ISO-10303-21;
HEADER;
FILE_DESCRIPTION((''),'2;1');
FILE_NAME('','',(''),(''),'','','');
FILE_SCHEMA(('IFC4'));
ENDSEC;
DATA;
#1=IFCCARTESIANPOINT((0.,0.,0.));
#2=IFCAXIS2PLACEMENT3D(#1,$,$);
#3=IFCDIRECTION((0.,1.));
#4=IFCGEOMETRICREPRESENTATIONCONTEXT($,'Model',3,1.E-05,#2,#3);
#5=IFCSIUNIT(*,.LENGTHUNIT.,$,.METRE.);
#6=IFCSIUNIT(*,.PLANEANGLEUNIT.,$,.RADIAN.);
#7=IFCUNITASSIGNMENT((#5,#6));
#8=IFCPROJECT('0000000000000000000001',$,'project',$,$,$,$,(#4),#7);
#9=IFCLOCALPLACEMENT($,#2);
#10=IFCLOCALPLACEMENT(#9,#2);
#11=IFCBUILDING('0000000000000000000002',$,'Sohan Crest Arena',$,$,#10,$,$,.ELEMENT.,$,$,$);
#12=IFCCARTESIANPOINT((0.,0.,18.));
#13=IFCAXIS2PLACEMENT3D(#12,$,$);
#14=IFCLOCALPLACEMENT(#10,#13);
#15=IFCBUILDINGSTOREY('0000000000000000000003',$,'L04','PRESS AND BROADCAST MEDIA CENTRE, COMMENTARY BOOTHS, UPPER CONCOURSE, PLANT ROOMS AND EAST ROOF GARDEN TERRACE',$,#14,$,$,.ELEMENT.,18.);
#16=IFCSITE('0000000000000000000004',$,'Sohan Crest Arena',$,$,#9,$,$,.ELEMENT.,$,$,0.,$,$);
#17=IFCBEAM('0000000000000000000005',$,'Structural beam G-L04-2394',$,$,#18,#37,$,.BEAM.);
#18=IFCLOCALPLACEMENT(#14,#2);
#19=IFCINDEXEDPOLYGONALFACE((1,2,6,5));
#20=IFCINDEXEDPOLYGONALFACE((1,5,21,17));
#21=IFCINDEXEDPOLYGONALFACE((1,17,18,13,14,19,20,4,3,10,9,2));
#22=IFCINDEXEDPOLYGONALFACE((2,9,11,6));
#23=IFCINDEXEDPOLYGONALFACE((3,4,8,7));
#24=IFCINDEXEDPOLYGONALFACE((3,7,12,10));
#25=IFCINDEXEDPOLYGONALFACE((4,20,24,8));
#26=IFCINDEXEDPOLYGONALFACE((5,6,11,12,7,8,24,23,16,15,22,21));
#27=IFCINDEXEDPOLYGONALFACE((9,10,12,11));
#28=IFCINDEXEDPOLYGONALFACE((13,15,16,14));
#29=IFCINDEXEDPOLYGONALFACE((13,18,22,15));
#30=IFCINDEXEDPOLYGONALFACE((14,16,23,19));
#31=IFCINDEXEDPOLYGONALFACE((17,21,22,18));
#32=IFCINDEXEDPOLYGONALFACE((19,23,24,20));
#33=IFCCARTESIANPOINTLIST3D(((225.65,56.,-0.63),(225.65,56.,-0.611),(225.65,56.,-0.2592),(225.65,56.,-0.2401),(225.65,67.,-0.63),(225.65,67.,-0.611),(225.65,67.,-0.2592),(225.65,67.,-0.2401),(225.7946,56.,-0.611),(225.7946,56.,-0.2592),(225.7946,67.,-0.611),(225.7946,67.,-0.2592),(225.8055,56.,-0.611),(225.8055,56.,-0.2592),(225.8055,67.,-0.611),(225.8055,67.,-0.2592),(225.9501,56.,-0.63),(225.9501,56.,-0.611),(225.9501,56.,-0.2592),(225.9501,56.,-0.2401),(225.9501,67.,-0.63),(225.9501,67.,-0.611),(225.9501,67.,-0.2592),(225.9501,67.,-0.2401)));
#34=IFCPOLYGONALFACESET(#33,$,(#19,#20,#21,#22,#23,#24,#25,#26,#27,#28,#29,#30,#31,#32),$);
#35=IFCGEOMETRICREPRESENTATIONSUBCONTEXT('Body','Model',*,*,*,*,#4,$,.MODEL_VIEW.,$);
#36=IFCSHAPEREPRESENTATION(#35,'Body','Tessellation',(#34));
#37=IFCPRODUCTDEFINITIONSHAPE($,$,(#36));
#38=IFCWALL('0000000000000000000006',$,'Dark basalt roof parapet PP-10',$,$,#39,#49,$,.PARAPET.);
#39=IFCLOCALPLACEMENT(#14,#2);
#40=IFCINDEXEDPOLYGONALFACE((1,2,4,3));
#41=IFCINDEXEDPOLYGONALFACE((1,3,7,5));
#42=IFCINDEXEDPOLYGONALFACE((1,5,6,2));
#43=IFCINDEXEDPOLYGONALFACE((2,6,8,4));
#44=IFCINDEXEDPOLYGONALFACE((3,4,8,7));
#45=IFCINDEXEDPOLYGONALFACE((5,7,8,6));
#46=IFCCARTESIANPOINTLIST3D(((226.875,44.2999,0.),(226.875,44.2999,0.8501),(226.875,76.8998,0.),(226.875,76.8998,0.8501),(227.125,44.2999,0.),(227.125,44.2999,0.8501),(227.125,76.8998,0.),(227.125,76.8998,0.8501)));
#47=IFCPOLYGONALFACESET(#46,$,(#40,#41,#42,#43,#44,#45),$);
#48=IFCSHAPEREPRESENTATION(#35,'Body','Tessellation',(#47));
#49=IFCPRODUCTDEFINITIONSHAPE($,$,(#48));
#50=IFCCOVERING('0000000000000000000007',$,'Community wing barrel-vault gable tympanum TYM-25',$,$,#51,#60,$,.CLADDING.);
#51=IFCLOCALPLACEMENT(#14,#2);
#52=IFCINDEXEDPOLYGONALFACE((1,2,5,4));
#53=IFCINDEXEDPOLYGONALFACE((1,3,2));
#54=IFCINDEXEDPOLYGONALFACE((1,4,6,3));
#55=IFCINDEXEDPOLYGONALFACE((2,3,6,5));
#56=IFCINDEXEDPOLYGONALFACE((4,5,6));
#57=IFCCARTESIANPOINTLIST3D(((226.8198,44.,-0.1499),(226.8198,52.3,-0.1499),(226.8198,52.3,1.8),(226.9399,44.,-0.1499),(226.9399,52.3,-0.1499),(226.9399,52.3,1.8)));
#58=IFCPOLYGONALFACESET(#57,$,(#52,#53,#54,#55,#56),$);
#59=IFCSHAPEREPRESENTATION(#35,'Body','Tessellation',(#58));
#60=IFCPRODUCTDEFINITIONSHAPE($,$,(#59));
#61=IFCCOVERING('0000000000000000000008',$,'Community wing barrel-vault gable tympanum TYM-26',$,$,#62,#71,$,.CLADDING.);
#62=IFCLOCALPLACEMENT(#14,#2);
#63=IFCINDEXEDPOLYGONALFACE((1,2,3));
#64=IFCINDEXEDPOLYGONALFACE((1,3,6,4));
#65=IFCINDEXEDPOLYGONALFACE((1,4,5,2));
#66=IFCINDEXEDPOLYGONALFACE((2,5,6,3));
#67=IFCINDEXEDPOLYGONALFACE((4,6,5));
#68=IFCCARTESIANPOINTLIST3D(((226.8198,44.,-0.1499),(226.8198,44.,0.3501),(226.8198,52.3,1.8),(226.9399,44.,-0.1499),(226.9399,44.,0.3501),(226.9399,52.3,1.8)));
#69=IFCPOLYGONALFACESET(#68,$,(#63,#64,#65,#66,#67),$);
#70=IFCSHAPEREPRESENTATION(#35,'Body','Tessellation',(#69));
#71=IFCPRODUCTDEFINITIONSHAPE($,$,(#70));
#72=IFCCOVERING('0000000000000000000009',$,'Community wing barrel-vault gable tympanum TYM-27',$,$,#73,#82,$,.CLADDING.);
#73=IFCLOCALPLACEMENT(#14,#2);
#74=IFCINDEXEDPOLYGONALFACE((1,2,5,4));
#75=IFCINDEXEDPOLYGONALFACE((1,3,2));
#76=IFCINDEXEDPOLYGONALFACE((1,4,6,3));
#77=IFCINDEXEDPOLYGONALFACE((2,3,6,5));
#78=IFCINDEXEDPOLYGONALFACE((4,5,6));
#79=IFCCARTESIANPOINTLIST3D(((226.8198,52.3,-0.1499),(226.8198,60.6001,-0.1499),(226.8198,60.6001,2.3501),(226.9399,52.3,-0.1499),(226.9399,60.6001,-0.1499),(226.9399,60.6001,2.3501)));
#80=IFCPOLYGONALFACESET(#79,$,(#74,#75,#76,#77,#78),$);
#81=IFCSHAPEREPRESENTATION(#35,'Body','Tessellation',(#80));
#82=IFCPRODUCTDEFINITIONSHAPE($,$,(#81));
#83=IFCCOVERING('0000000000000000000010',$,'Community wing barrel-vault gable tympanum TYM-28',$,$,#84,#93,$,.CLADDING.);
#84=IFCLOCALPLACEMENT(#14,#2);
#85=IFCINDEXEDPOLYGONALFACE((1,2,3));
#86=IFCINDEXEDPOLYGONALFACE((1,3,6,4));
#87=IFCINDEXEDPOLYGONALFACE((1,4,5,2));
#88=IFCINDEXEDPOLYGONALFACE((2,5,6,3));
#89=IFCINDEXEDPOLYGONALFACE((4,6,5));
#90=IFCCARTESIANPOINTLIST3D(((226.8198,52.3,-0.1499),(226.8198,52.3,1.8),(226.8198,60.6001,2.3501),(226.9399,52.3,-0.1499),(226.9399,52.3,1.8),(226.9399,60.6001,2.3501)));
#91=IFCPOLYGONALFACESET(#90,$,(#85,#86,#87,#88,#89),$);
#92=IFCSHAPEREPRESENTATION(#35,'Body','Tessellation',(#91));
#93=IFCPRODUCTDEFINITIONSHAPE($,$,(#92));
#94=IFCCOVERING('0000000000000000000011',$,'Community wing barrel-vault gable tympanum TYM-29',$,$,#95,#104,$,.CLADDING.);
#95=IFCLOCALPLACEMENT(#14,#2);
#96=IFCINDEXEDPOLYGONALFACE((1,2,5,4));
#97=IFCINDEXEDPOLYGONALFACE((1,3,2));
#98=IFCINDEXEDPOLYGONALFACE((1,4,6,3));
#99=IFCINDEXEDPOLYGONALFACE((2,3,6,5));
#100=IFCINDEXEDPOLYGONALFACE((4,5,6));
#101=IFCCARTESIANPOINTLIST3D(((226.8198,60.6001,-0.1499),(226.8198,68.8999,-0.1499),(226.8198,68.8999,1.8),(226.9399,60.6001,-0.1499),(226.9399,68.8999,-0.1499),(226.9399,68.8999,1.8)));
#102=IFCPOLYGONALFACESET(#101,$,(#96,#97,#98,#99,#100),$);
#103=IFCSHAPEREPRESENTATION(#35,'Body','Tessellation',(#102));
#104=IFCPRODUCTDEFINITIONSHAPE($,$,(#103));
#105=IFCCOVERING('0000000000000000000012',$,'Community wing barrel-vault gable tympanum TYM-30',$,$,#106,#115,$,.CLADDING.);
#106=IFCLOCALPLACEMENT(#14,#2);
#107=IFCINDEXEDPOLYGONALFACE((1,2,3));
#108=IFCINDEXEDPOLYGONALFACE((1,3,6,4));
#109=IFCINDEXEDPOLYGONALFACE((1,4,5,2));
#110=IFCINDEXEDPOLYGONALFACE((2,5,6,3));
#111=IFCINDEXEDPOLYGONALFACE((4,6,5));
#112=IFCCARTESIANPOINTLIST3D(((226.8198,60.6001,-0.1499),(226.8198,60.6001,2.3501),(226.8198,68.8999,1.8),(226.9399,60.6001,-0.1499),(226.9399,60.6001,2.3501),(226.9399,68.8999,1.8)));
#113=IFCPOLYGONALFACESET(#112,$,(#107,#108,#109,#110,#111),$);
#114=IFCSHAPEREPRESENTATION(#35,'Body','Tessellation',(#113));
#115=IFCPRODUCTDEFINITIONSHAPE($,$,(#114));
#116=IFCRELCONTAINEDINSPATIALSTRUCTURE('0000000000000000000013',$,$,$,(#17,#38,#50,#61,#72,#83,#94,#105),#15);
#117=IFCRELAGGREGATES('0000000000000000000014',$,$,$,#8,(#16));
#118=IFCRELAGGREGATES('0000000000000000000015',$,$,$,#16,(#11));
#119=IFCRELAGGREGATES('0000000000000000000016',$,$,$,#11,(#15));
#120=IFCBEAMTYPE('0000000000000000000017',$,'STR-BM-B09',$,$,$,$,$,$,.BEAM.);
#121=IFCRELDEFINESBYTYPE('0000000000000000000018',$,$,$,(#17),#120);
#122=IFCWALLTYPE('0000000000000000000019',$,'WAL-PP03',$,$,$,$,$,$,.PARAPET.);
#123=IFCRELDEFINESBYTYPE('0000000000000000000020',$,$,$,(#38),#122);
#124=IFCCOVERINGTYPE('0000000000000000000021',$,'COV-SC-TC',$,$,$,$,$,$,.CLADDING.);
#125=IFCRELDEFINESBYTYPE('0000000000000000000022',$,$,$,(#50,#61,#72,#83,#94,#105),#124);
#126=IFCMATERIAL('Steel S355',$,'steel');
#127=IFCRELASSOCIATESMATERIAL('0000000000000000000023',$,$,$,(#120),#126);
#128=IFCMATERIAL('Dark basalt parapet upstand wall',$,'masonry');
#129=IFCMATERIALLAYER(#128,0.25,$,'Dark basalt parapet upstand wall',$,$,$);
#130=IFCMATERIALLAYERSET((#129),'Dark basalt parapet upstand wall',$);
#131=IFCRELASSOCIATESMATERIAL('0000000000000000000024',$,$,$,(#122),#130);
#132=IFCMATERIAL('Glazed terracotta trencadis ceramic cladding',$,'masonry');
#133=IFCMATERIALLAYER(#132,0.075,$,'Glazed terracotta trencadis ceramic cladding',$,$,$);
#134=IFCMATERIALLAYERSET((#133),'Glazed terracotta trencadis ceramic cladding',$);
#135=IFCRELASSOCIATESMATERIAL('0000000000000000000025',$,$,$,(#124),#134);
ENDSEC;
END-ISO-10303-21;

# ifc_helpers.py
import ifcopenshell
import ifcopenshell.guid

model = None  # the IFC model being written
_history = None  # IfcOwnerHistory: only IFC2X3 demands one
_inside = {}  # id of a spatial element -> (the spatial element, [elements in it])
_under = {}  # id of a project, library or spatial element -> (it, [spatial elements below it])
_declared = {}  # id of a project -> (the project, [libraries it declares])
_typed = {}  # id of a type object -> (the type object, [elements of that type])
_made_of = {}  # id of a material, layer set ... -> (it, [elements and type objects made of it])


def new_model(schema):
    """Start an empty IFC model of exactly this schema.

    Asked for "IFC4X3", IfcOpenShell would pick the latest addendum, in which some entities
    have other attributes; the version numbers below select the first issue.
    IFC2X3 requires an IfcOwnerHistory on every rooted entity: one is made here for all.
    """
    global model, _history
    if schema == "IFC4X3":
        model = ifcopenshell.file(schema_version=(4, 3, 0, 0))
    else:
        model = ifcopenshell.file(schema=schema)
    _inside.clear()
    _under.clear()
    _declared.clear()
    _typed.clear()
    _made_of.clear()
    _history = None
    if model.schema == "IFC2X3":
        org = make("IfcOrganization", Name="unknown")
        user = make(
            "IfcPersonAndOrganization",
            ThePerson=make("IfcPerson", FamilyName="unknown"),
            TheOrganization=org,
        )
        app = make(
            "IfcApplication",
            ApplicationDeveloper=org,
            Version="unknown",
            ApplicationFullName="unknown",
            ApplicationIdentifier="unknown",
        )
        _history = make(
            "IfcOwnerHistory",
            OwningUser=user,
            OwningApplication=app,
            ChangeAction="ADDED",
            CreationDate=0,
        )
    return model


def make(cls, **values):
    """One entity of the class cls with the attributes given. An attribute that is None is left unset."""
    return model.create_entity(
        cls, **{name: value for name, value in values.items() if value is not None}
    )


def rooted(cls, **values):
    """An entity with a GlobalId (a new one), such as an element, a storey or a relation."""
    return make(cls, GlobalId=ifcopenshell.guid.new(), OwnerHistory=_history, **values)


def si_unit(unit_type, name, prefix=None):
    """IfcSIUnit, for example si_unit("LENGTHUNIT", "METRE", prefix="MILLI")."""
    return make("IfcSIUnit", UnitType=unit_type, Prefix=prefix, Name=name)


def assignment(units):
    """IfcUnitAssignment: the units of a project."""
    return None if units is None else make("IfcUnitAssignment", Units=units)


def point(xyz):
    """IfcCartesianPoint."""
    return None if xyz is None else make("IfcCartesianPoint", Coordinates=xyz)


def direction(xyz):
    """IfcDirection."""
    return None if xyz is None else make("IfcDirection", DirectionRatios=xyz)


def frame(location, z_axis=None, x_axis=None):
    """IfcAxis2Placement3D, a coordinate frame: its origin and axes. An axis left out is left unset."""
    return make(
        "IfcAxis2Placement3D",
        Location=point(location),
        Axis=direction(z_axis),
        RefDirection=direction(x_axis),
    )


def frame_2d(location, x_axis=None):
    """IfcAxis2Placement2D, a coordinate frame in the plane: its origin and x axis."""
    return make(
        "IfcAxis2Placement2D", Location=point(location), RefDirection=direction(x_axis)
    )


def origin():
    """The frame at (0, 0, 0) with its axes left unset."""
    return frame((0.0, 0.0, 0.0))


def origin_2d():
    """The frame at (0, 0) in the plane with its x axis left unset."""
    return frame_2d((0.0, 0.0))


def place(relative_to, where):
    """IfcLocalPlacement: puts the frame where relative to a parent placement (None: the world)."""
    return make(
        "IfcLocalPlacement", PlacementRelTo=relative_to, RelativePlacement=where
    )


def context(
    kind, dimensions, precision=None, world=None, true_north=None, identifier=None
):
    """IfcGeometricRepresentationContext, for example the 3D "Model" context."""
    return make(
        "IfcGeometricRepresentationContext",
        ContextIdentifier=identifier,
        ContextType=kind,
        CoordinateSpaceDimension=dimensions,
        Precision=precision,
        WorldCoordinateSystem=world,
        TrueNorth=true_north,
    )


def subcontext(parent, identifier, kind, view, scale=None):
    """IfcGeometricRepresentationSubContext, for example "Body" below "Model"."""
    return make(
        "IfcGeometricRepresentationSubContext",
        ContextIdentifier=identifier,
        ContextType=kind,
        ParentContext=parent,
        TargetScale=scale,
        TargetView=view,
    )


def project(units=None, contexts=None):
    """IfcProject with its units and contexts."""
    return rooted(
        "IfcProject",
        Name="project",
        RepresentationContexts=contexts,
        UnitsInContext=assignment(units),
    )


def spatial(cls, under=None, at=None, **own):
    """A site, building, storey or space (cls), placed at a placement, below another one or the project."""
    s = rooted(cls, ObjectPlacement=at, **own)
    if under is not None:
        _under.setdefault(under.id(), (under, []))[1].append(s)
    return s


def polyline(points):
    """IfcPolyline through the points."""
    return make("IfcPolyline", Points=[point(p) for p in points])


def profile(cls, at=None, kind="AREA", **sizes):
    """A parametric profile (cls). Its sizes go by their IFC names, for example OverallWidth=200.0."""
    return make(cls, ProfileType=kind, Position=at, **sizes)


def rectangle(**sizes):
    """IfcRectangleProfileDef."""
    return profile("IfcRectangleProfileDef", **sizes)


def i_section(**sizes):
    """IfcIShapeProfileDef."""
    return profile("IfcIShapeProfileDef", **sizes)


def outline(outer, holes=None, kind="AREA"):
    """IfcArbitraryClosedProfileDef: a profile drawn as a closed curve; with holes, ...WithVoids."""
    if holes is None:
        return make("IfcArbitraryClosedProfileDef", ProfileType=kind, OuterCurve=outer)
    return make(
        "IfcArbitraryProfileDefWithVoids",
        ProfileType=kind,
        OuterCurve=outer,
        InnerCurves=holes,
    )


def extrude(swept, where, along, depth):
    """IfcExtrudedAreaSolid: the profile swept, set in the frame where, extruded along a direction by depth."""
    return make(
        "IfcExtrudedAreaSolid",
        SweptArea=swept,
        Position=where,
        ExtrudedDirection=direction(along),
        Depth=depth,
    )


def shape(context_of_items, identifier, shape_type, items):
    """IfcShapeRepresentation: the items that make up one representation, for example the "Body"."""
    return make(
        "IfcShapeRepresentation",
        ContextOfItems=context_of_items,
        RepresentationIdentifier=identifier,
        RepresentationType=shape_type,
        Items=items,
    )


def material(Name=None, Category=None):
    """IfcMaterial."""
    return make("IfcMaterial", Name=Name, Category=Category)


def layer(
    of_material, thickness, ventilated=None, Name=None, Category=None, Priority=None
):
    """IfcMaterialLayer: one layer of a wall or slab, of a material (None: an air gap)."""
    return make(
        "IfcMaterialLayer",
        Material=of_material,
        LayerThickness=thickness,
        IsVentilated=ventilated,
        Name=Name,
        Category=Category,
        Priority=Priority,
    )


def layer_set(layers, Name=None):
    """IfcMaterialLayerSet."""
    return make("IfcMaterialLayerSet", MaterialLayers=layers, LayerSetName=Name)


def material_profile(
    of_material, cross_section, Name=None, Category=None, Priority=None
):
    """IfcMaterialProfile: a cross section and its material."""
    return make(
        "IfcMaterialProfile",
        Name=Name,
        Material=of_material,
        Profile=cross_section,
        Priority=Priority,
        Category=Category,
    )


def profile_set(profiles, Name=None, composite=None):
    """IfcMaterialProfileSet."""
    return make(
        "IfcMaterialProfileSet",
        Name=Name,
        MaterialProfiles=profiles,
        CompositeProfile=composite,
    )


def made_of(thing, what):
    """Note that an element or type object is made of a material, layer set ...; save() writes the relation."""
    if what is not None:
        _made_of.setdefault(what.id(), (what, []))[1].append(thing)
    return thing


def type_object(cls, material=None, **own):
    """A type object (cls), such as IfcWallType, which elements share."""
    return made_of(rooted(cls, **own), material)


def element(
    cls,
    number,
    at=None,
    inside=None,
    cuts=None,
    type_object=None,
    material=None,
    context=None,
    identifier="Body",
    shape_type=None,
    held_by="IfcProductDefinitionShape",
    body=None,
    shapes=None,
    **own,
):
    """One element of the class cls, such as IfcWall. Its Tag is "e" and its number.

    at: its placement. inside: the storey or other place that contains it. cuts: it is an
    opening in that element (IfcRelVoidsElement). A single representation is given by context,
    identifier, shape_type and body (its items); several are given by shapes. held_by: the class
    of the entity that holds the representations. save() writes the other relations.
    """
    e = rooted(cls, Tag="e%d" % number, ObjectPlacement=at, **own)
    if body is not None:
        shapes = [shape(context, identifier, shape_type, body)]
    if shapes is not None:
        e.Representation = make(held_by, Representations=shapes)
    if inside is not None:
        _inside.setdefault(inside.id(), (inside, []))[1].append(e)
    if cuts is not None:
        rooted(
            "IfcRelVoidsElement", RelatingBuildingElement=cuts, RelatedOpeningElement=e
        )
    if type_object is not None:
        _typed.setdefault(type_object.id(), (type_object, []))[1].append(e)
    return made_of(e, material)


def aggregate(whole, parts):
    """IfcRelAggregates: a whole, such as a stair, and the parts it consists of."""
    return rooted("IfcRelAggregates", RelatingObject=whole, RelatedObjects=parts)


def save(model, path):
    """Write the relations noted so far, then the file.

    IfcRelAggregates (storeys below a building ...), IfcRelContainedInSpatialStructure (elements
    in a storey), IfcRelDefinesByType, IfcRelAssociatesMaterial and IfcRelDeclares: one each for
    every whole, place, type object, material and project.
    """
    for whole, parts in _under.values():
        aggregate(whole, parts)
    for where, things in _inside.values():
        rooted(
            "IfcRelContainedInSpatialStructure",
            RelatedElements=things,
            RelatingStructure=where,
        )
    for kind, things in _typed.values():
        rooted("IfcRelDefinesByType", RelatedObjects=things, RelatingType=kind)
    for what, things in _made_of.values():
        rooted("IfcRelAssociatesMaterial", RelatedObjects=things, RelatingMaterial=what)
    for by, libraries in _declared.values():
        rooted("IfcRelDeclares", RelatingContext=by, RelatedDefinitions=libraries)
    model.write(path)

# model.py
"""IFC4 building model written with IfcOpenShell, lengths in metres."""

from ifc_helpers import new_model, si_unit, direction, frame, frame_2d, origin, origin_2d, place, context, subcontext, project, spatial, polyline, rectangle, i_section, outline, extrude, material, layer, layer_set, material_profile, profile_set, type_object, element, save


model = new_model("IFC4")

# Units and contexts
model_context = context("Model", 3, precision=1e-05, world=origin(), true_north=direction((0.0, 1.0)))
body_context = subcontext(model_context, "Body", "Model", "MODEL_VIEW")
ifc_project = project(units=[si_unit("LENGTHUNIT", "METRE"), si_unit("PLANEANGLEUNIT", "RADIAN")], contexts=[model_context])

# Site, building, storey
site_placement = place(None, origin())
site = spatial("IfcSite", under=ifc_project, at=site_placement, Name="Sohan Crest Arena", CompositionType="ELEMENT", RefElevation=0.0)
building_placement = place(site_placement, origin())
building = spatial("IfcBuilding", under=site, at=building_placement, Name="Sohan Crest Arena", CompositionType="ELEMENT")
storey_placement = place(building_placement, frame((0.0, 0.0, 18.0)))
storey = spatial("IfcBuildingStorey", under=building, at=storey_placement, Name="L04", Description="PRESS AND BROADCAST MEDIA CENTRE, COMMENTARY BOOTHS, UPPER CONCOURSE, PLANT ROOMS AND EAST ROOF GARDEN TERRACE", CompositionType="ELEMENT", Elevation=18.0)

# Beam
ifc_material_1 = material(Name="Steel S355", Category="steel")
ifc_material_profile_1 = material_profile(ifc_material_1, i_section(OverallWidth=0.3, OverallDepth=0.3899, WebThickness=0.011, FlangeThickness=0.019, at=origin_2d()), Name="HEA 400")
ifc_profile_set_1 = profile_set([ifc_material_profile_1], Name="Steel S355")
beam_type_1 = type_object("IfcBeamType", Name="STR-BM-B09", PredefinedType="BEAM", material=ifc_profile_set_1)
beam_1_placement = place(storey_placement, frame((225.8, 56.0, -0.4351), z_axis=(0.0, 1.0, 0.0), x_axis=(-1.0, 0.0, 0.0)))
element("IfcBeam", 1, at=beam_1_placement, inside=storey, type_object=beam_type_1, Name="Structural beam G-L04-2394", PredefinedType="BEAM", context=body_context, shape_type="SweptSolid", body=[
    extrude(i_section(OverallWidth=0.3, OverallDepth=0.3899, WebThickness=0.011, FlangeThickness=0.019, at=origin_2d()), origin(), (0.0, 0.0, 1.0), 11.0),
])

# Wall
ifc_material_2 = material(Name="Dark basalt parapet upstand wall", Category="masonry")
ifc_layer_1 = layer(ifc_material_2, 0.25, Name="Dark basalt parapet upstand wall")
ifc_layer_set_1 = layer_set([ifc_layer_1], Name="Dark basalt parapet upstand wall")
wall_type = type_object("IfcWallType", Name="WAL-PP03", PredefinedType="PARAPET", material=ifc_layer_set_1)
wall_placement = place(storey_placement, frame((227.0, 44.3, 0.0), z_axis=(0.0, 0.0, 1.0), x_axis=(0.0, 1.0, 0.0)))
element("IfcWall", 2, at=wall_placement, inside=storey, type_object=wall_type, Name="Dark basalt roof parapet PP-10", PredefinedType="PARAPET", context=body_context, shape_type="SweptSolid", body=[
    extrude(rectangle(XDim=32.5999, YDim=0.25, at=frame_2d((16.2998, 0.0))), origin(), (0.0, 0.0, 1.0), 0.8501),
])

# Coverings
ifc_material_3 = material(Name="Glazed terracotta trencadis ceramic cladding", Category="masonry")
ifc_layer_2 = layer(ifc_material_3, 0.075, Name="Glazed terracotta trencadis ceramic cladding")
ifc_layer_set_2 = layer_set([ifc_layer_2], Name="Glazed terracotta trencadis ceramic cladding")
covering_type = type_object("IfcCoveringType", Name="COV-SC-TC", PredefinedType="CLADDING", material=ifc_layer_set_2)
covering_1_placement = place(storey_placement, frame((226.9399, 44.0, -0.1499), z_axis=(1.0, 0.0, 0.0), x_axis=(0.0, 1.0, 0.0)))
element("IfcCovering", 3, at=covering_1_placement, inside=storey, type_object=covering_type, Name="Community wing barrel-vault gable tympanum TYM-25", PredefinedType="CLADDING", context=body_context, shape_type="SweptSolid", body=[
    extrude(outline(polyline([(0.0, 0.0), (8.3, 0.0), (8.3, 1.95), (0.0, 0.0)])), origin(), (0.0, 0.0, -1.0), 0.1201),
])
covering_2_placement = place(storey_placement, frame((226.9399, 44.0, -0.1499), z_axis=(1.0, 0.0, 0.0), x_axis=(0.0, 0.973496, 0.228706)))
element("IfcCovering", 4, at=covering_2_placement, inside=storey, type_object=covering_type, Name="Community wing barrel-vault gable tympanum TYM-26", PredefinedType="CLADDING", context=body_context, shape_type="SweptSolid", body=[
    extrude(outline(polyline([(0.0, 0.0), (8.526, 0.0), (0.1144, 0.4867), (0.0, 0.0)])), origin(), (0.0, 0.0, -1.0), 0.1201),
])
covering_3_placement = place(storey_placement, frame((226.9399, 52.3, -0.1499), z_axis=(1.0, 0.0, 0.0), x_axis=(0.0, 1.0, 0.0)))
element("IfcCovering", 5, at=covering_3_placement, inside=storey, type_object=covering_type, Name="Community wing barrel-vault gable tympanum TYM-27", PredefinedType="CLADDING", context=body_context, shape_type="SweptSolid", body=[
    extrude(outline(polyline([(0.0, 0.0), (8.3, 0.0), (8.3, 2.5), (0.0, 0.0)])), origin(), (0.0, 0.0, -1.0), 0.1201),
])
covering_4_placement = place(storey_placement, frame((226.9399, 52.3, -0.1499), z_axis=(1.0, 0.0, 0.0), x_axis=(0.0, 0.957509, 0.288405)))
element("IfcCovering", 6, at=covering_4_placement, inside=storey, type_object=covering_type, Name="Community wing barrel-vault gable tympanum TYM-28", PredefinedType="CLADDING", context=body_context, shape_type="SweptSolid", body=[
    extrude(outline(polyline([(0.0, 0.0), (8.6684, 0.0), (0.5624, 1.8671), (0.0, 0.0)])), origin(), (0.0, 0.0, -1.0), 0.1201),
])
covering_5_placement = place(storey_placement, frame((226.9399, 60.6001, -0.1499), z_axis=(1.0, 0.0, 0.0), x_axis=(0.0, 1.0, 0.0)))
element("IfcCovering", 7, at=covering_5_placement, inside=storey, type_object=covering_type, Name="Community wing barrel-vault gable tympanum TYM-29", PredefinedType="CLADDING", context=body_context, shape_type="SweptSolid", body=[
    extrude(outline(polyline([(0.0, 0.0), (8.2998, 0.0), (8.2998, 1.95), (0.0, 0.0)])), origin(), (0.0, 0.0, -1.0), 0.1201),
])
covering_6_placement = place(storey_placement, frame((226.9399, 60.6001, -0.1499), z_axis=(1.0, 0.0, 0.0), x_axis=(0.0, 0.973494, 0.228712)))
element("IfcCovering", 8, at=covering_6_placement, inside=storey, type_object=covering_type, Name="Community wing barrel-vault gable tympanum TYM-30", PredefinedType="CLADDING", context=body_context, shape_type="SweptSolid", body=[
    extrude(outline(polyline([(0.0, 0.0), (8.5258, 0.0), (0.5718, 2.4337), (0.0, 0.0)])), origin(), (0.0, 0.0, -1.0), 0.1201),
])

save(model, "model.ifc")
